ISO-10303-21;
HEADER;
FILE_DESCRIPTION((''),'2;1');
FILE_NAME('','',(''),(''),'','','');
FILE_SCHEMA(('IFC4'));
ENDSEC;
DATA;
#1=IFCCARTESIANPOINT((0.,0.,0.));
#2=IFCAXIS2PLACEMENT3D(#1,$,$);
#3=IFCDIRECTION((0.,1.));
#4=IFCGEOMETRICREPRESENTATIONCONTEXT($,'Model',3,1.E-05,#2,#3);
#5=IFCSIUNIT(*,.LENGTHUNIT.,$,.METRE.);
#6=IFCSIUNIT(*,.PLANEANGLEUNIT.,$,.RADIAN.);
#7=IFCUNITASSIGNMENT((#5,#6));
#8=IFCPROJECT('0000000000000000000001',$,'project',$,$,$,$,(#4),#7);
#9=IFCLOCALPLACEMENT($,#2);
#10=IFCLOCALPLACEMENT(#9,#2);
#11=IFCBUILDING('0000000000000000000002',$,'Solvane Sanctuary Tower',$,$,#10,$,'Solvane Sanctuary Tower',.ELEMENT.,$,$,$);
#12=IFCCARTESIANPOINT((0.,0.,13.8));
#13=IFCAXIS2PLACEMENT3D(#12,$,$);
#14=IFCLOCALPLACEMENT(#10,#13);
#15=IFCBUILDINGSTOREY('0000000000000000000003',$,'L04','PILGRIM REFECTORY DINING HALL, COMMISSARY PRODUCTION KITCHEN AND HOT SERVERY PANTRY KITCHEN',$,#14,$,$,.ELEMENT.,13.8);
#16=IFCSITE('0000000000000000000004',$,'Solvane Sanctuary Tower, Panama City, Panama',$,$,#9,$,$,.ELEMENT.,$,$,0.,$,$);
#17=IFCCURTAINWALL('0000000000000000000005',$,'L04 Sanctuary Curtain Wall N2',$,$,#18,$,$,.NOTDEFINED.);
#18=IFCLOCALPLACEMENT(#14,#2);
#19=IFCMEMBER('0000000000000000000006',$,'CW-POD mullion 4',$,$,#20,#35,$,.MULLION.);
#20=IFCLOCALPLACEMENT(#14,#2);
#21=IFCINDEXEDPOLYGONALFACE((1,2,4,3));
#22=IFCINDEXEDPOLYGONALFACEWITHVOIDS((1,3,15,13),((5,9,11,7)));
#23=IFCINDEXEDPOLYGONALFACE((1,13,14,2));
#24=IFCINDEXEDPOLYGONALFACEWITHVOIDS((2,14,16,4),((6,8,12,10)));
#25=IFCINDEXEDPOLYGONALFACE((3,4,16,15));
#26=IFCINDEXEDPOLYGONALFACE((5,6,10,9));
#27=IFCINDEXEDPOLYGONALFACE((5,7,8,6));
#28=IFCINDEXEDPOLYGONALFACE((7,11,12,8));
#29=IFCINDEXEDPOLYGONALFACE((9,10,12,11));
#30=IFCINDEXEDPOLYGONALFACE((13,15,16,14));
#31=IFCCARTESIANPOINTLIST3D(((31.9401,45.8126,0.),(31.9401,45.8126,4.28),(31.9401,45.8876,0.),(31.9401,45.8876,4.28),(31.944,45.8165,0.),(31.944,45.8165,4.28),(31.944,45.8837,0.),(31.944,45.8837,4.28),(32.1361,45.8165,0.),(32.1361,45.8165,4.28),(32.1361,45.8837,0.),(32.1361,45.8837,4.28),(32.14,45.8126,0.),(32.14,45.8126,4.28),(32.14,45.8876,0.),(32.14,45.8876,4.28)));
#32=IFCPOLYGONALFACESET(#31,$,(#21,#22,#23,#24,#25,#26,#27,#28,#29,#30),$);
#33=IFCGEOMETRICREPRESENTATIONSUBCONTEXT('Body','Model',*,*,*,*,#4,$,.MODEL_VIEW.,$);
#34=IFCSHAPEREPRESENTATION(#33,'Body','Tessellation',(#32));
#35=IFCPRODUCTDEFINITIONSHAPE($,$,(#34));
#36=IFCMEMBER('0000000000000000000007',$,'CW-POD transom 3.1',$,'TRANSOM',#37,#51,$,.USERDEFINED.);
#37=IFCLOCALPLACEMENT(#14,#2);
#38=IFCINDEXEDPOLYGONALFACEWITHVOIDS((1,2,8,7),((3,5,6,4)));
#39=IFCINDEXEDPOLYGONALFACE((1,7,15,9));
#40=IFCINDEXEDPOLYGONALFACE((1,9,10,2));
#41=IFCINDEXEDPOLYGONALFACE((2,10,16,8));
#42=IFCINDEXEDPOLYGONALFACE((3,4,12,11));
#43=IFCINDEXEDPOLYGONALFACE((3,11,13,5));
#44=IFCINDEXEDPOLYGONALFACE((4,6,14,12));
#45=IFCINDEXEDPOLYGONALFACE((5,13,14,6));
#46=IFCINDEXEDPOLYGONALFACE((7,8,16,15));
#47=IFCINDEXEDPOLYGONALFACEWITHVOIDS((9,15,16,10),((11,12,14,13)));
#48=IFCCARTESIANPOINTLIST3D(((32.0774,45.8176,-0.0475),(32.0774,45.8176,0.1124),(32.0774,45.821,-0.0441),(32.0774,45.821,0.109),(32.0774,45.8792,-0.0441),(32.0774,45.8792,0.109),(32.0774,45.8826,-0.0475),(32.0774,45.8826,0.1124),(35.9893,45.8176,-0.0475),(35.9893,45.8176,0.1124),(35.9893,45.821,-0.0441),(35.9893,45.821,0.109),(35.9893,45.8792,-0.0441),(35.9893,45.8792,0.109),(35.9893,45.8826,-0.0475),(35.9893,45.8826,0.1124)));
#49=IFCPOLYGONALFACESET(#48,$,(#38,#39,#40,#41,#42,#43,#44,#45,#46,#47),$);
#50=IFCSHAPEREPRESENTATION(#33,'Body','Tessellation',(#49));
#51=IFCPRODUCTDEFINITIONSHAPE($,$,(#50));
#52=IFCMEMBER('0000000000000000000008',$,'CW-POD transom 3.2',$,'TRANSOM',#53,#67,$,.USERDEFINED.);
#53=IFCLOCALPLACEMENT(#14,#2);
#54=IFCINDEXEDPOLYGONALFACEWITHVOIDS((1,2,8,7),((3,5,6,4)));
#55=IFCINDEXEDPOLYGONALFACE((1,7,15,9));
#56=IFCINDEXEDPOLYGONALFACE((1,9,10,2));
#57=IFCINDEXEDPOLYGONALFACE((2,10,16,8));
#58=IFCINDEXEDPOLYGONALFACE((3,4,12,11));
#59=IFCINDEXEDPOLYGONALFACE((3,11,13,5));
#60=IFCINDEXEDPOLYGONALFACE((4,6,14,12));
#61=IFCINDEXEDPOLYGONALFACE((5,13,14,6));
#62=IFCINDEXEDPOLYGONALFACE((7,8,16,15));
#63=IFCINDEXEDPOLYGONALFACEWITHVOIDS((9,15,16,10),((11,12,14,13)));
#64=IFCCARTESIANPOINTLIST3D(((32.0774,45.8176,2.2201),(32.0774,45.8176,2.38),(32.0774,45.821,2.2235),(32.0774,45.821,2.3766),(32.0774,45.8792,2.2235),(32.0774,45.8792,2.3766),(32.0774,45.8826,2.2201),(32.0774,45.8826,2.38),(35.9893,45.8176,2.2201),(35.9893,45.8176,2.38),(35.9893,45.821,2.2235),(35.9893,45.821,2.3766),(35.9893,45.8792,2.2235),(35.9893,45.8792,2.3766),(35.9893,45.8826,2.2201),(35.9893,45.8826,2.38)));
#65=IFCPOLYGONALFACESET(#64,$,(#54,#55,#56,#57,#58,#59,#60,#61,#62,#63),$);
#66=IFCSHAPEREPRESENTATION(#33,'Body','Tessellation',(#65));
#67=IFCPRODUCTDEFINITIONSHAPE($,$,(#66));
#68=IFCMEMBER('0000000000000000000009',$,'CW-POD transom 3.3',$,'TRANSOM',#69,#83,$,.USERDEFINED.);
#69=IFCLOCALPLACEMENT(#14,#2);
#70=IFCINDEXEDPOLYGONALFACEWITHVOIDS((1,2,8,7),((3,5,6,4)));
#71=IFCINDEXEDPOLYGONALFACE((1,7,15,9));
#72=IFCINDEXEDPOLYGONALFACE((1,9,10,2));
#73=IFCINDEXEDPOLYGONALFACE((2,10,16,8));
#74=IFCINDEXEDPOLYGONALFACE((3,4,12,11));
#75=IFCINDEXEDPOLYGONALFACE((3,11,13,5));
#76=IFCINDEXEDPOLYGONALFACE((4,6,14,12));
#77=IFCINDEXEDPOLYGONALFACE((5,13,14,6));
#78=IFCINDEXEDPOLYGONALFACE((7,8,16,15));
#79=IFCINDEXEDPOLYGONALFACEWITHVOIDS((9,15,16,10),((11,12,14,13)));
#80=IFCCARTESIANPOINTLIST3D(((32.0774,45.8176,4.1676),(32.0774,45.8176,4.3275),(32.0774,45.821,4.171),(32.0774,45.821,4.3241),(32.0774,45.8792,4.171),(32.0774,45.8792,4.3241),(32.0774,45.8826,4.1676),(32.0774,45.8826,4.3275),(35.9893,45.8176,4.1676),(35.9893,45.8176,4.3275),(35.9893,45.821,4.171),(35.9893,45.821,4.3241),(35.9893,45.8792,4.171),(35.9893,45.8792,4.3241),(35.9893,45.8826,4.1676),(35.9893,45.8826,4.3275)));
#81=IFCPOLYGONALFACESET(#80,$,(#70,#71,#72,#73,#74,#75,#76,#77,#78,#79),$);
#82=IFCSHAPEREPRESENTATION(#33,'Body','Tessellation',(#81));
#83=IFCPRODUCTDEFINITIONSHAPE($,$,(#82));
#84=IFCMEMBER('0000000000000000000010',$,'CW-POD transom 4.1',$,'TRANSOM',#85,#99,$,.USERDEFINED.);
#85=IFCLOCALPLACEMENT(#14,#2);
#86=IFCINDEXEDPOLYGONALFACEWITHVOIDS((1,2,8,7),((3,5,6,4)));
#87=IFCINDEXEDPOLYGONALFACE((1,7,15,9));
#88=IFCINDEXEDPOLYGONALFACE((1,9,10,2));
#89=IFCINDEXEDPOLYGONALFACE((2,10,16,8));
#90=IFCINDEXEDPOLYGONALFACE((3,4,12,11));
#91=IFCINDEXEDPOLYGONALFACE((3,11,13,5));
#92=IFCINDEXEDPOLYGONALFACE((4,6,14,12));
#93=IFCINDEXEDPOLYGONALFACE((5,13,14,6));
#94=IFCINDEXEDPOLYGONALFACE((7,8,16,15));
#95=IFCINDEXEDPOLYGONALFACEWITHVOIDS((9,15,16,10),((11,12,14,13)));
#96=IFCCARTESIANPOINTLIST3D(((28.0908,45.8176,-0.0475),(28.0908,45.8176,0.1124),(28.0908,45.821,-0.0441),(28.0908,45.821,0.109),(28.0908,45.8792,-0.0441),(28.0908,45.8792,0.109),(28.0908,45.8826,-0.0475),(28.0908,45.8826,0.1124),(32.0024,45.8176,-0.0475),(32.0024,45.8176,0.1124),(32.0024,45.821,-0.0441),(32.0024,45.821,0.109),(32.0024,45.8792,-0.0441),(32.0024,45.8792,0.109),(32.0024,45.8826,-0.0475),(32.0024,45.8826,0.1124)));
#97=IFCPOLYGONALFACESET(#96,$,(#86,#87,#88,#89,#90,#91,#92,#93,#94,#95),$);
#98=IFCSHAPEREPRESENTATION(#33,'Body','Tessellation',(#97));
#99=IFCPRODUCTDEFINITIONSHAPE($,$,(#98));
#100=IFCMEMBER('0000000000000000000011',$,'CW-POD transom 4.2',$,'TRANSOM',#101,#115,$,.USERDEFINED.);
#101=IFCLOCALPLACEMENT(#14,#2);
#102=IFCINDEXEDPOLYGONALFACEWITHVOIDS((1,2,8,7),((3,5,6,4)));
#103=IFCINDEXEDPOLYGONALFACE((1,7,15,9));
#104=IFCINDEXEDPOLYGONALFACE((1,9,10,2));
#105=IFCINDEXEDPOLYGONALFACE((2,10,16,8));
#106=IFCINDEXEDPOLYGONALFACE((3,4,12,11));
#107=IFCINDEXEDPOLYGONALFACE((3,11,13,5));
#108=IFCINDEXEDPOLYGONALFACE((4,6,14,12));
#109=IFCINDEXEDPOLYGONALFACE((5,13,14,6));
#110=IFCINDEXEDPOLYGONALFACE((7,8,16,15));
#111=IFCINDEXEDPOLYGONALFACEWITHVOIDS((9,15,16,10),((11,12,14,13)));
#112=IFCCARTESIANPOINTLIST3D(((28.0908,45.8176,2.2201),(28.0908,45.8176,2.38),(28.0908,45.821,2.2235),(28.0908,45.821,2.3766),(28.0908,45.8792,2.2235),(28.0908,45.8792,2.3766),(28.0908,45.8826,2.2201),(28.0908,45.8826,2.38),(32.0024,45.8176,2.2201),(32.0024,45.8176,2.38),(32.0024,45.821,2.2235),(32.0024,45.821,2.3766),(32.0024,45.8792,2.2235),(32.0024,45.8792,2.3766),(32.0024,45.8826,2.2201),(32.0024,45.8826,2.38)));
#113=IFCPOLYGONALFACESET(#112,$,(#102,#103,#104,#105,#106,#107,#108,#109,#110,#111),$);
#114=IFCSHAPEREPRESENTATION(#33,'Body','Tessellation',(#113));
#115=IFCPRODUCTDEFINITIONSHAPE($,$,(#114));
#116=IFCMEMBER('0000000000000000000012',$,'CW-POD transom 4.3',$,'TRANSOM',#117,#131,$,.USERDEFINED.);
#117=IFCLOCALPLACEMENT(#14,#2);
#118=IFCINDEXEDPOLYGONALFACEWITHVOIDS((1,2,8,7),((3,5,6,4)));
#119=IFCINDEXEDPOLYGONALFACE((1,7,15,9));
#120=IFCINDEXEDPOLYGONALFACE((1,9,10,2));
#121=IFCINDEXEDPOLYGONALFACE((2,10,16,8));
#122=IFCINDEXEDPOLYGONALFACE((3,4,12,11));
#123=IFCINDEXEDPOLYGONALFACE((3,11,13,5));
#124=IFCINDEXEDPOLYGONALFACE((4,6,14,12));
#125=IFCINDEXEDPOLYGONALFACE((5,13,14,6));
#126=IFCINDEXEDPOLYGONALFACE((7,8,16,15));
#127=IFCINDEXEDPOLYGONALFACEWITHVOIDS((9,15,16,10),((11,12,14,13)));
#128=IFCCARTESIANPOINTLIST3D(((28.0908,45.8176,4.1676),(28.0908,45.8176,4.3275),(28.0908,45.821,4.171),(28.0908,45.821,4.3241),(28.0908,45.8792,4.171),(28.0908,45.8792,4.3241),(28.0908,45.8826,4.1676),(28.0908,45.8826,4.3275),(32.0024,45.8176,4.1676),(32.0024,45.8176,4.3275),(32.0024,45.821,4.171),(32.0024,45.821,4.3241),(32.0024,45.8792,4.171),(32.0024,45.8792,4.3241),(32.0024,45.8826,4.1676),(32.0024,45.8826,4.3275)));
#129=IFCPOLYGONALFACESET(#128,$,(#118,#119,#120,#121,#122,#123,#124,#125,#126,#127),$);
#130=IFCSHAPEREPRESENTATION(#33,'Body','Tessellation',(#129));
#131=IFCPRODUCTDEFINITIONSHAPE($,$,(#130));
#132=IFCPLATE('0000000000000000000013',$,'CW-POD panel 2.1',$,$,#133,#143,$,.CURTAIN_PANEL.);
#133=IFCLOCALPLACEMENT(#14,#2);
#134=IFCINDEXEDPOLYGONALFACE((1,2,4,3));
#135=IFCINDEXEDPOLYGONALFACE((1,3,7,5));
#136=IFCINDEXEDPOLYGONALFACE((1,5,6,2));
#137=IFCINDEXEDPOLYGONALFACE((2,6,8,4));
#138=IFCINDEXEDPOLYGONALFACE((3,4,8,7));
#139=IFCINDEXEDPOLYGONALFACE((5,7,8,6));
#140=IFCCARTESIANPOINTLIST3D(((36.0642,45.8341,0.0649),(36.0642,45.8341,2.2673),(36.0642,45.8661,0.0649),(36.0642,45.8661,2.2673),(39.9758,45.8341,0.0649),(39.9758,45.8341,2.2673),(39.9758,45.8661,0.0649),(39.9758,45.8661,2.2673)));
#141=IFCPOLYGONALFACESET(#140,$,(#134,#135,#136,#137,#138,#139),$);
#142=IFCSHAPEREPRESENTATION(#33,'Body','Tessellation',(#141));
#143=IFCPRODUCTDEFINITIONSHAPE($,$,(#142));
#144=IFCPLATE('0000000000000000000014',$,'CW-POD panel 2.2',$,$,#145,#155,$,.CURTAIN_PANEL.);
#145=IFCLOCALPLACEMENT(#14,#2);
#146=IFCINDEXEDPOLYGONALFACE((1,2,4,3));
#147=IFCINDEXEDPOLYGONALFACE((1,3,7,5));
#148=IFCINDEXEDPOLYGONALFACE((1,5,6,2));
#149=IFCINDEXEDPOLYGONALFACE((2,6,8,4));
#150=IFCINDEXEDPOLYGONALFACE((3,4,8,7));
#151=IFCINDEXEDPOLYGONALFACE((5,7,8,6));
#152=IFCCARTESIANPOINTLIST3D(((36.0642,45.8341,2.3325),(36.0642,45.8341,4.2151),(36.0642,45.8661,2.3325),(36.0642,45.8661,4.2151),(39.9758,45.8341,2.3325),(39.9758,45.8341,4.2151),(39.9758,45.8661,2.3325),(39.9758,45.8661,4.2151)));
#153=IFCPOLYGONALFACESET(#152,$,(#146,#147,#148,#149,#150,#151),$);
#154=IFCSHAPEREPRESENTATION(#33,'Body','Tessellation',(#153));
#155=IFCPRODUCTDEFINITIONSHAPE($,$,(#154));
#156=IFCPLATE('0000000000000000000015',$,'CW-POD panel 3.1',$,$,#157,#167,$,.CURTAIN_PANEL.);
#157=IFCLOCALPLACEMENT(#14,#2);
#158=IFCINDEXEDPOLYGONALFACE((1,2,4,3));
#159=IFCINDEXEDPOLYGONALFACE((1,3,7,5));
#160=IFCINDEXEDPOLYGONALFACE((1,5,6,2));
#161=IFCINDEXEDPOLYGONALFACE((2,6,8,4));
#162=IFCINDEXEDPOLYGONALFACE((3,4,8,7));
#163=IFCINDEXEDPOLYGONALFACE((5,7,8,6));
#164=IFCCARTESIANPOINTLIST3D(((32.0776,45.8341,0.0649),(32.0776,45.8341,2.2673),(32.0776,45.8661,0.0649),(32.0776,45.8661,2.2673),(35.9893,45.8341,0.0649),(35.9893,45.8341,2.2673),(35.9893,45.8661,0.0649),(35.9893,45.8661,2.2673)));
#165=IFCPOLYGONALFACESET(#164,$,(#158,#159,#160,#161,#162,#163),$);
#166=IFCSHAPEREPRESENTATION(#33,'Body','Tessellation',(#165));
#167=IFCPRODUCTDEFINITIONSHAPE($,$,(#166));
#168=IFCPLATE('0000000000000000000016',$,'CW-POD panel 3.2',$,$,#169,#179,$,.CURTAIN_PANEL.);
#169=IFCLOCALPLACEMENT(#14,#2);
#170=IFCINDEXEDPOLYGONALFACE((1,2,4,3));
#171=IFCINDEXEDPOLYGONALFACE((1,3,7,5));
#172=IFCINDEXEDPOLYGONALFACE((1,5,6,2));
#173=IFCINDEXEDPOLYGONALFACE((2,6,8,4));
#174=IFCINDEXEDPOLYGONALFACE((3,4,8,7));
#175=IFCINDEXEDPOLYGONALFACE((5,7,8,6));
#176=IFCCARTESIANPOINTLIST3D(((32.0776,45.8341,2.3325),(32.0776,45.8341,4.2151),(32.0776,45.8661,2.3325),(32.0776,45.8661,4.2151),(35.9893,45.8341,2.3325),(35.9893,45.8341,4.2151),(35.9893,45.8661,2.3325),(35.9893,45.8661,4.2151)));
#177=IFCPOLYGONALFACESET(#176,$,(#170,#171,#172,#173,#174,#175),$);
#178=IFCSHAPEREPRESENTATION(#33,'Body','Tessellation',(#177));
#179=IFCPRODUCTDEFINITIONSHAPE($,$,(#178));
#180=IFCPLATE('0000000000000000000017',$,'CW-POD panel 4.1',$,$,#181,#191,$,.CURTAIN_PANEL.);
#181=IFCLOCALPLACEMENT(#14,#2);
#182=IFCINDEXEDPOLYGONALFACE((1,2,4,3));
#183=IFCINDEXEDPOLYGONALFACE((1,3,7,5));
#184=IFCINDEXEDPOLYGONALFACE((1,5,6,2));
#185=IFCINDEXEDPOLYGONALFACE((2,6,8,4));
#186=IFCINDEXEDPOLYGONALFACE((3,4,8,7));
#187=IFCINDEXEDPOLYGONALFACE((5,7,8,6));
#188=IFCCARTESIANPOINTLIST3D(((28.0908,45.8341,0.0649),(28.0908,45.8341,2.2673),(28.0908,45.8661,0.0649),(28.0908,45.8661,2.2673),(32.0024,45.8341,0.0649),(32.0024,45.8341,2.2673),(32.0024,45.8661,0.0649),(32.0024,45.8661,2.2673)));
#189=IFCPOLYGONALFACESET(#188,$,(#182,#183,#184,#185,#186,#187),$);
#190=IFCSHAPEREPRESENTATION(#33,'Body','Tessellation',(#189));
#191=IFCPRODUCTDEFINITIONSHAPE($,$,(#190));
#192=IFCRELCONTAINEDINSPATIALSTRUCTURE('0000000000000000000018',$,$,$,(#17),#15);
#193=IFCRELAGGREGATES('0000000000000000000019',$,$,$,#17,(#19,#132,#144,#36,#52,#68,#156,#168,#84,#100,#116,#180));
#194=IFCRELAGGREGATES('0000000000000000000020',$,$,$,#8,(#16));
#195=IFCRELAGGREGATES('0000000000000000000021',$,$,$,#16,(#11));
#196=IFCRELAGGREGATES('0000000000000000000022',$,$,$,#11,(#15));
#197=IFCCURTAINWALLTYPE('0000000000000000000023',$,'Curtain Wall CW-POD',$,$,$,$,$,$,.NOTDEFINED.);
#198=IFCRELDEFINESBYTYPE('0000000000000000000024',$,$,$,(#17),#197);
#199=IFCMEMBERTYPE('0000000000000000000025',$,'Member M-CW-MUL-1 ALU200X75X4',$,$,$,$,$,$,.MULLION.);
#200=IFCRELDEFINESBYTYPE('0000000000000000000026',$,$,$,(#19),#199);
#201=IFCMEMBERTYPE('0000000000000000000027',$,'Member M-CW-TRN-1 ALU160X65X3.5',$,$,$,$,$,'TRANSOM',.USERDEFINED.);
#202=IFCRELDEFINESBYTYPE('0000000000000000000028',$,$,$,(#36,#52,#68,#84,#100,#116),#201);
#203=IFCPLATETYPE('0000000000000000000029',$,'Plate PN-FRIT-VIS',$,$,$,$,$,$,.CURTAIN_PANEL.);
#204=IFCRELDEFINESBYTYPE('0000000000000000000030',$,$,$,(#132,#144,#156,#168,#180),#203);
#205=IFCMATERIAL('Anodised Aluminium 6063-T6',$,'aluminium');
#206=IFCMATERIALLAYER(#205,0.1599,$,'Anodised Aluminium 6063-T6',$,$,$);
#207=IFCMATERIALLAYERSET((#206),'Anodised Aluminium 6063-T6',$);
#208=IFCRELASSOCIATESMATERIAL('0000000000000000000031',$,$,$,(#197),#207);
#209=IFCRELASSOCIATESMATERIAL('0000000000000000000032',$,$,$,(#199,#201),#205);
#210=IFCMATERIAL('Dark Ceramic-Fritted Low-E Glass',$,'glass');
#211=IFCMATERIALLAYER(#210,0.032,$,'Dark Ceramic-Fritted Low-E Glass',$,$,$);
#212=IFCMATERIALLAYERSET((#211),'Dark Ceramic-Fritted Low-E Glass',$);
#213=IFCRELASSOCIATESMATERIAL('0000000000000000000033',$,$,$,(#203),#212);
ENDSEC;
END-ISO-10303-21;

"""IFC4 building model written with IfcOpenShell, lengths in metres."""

from ifc_helpers import new_model, si_unit, direction, frame, origin, origin_2d, place, context, subcontext, project, spatial, rectangle, hollow_rectangle, extrude, material, layer, layer_set, material_profile, profile_set, type_object, element, aggregate, save


model = new_model("IFC4")

# Units and contexts
model_context = context("Model", 3, precision=1e-05, world=origin(), true_north=direction((0.0, 1.0)))
body_context = subcontext(model_context, "Body", "Model", "MODEL_VIEW")
ifc_project = project(units=[si_unit("LENGTHUNIT", "METRE"), si_unit("PLANEANGLEUNIT", "RADIAN")], contexts=[model_context])

# Site, building, storey
site_placement = place(None, origin())
site = spatial("IfcSite", under=ifc_project, at=site_placement, Name="Solvane Sanctuary Tower, Panama City, Panama", CompositionType="ELEMENT", RefElevation=0.0)
building_placement = place(site_placement, origin())
building = spatial("IfcBuilding", under=site, at=building_placement, Name="Solvane Sanctuary Tower", LongName="Solvane Sanctuary Tower", CompositionType="ELEMENT")
storey_placement = place(building_placement, frame((0.0, 0.0, 13.8)))
storey = spatial("IfcBuildingStorey", under=building, at=storey_placement, Name="L04", Description="PILGRIM REFECTORY DINING HALL, COMMISSARY PRODUCTION KITCHEN AND HOT SERVERY PANTRY KITCHEN", CompositionType="ELEMENT", Elevation=13.8)

# Curtain wall, members, plates
ifc_material_1 = material(Name="Anodised Aluminium 6063-T6", Category="aluminium")
ifc_layer_1 = layer(ifc_material_1, 0.1599, Name="Anodised Aluminium 6063-T6")
ifc_layer_set_1 = layer_set([ifc_layer_1], Name="Anodised Aluminium 6063-T6")
curtain_wall_type = type_object("IfcCurtainWallType", Name="Curtain Wall CW-POD", PredefinedType="NOTDEFINED", material=ifc_layer_set_1)
curtain_wall_placement = place(storey_placement, origin())
curtain_wall = element("IfcCurtainWall", 1, at=curtain_wall_placement, inside=storey, type_object=curtain_wall_type, Name="L04 Sanctuary Curtain Wall N2", PredefinedType="NOTDEFINED")
ifc_material_profile_1 = material_profile(ifc_material_1, hollow_rectangle(XDim=0.075, YDim=0.2, WallThickness=0.0039, at=origin_2d()), Name="ALU200X75X4")
ifc_profile_set_1 = profile_set([ifc_material_profile_1], Name="Anodised Aluminium 6063-T6")
member_type_1 = type_object("IfcMemberType", Name="Member M-CW-MUL-1 ALU200X75X4", PredefinedType="MULLION", material=ifc_profile_set_1)
member_1_placement = place(storey_placement, frame((32.04, 45.8501, 0.0), z_axis=(0.0, 0.0, 1.0), x_axis=(0.0, -1.0, 0.0)))
member_1 = element("IfcMember", 2, at=member_1_placement, type_object=member_type_1, Name="CW-POD mullion 4", PredefinedType="MULLION", context=body_context, shape_type="SweptSolid", body=[
    extrude(hollow_rectangle(XDim=0.075, YDim=0.2, WallThickness=0.0039, at=origin_2d()), origin(), (0.0, 0.0, 1.0), 4.28),
])
ifc_material_profile_2 = material_profile(ifc_material_1, hollow_rectangle(XDim=0.0649, YDim=0.1599, WallThickness=0.0034, at=origin_2d()), Name="ALU160X65X3.5")
ifc_profile_set_2 = profile_set([ifc_material_profile_2], Name="Anodised Aluminium 6063-T6")
member_type_2 = type_object("IfcMemberType", Name="Member M-CW-TRN-1 ALU160X65X3.5", ElementType="TRANSOM", PredefinedType="USERDEFINED", material=ifc_profile_set_2)
member_2_placement = place(storey_placement, frame((35.9893, 45.8501, 0.0325), z_axis=(-1.0, 0.0, 0.0), x_axis=(0.0, -1.0, 0.0)))
member_2 = element("IfcMember", 3, at=member_2_placement, type_object=member_type_2, Name="CW-POD transom 3.1", ObjectType="TRANSOM", PredefinedType="USERDEFINED", context=body_context, shape_type="SweptSolid", body=[
    extrude(hollow_rectangle(XDim=0.0649, YDim=0.1599, WallThickness=0.0034, at=origin_2d()), origin(), (0.0, 0.0, 1.0), 3.9119),
])
member_3_placement = place(storey_placement, frame((35.9893, 45.8501, 2.3), z_axis=(-1.0, 0.0, 0.0), x_axis=(0.0, -1.0, 0.0)))
member_3 = element("IfcMember", 4, at=member_3_placement, type_object=member_type_2, Name="CW-POD transom 3.2", ObjectType="TRANSOM", PredefinedType="USERDEFINED", context=body_context, shape_type="SweptSolid", body=[
    extrude(hollow_rectangle(XDim=0.0649, YDim=0.1599, WallThickness=0.0034, at=origin_2d()), origin(), (0.0, 0.0, 1.0), 3.9119),
])
member_4_placement = place(storey_placement, frame((35.9893, 45.8501, 4.2476), z_axis=(-1.0, 0.0, 0.0), x_axis=(0.0, -1.0, 0.0)))
member_4 = element("IfcMember", 5, at=member_4_placement, type_object=member_type_2, Name="CW-POD transom 3.3", ObjectType="TRANSOM", PredefinedType="USERDEFINED", context=body_context, shape_type="SweptSolid", body=[
    extrude(hollow_rectangle(XDim=0.0649, YDim=0.1599, WallThickness=0.0034, at=origin_2d()), origin(), (0.0, 0.0, 1.0), 3.9119),
])
member_5_placement = place(storey_placement, frame((32.0024, 45.8501, 0.0325), z_axis=(-1.0, 0.0, 0.0), x_axis=(0.0, -1.0, 0.0)))
member_5 = element("IfcMember", 6, at=member_5_placement, type_object=member_type_2, Name="CW-POD transom 4.1", ObjectType="TRANSOM", PredefinedType="USERDEFINED", context=body_context, shape_type="SweptSolid", body=[
    extrude(hollow_rectangle(XDim=0.0649, YDim=0.1599, WallThickness=0.0034, at=origin_2d()), origin(), (0.0, 0.0, 1.0), 3.9116),
])
member_6_placement = place(storey_placement, frame((32.0024, 45.8501, 2.3), z_axis=(-1.0, 0.0, 0.0), x_axis=(0.0, -1.0, 0.0)))
member_6 = element("IfcMember", 7, at=member_6_placement, type_object=member_type_2, Name="CW-POD transom 4.2", ObjectType="TRANSOM", PredefinedType="USERDEFINED", context=body_context, shape_type="SweptSolid", body=[
    extrude(hollow_rectangle(XDim=0.0649, YDim=0.1599, WallThickness=0.0034, at=origin_2d()), origin(), (0.0, 0.0, 1.0), 3.9116),
])
member_7_placement = place(storey_placement, frame((32.0024, 45.8501, 4.2476), z_axis=(-1.0, 0.0, 0.0), x_axis=(0.0, -1.0, 0.0)))
member_7 = element("IfcMember", 8, at=member_7_placement, type_object=member_type_2, Name="CW-POD transom 4.3", ObjectType="TRANSOM", PredefinedType="USERDEFINED", context=body_context, shape_type="SweptSolid", body=[
    extrude(hollow_rectangle(XDim=0.0649, YDim=0.1599, WallThickness=0.0034, at=origin_2d()), origin(), (0.0, 0.0, 1.0), 3.9116),
])
ifc_material_2 = material(Name="Dark Ceramic-Fritted Low-E Glass", Category="glass")
ifc_layer_2 = layer(ifc_material_2, 0.032, Name="Dark Ceramic-Fritted Low-E Glass")
ifc_layer_set_2 = layer_set([ifc_layer_2], Name="Dark Ceramic-Fritted Low-E Glass")
plate_type = type_object("IfcPlateType", Name="Plate PN-FRIT-VIS", PredefinedType="CURTAIN_PANEL", material=ifc_layer_set_2)
plate_1_placement = place(storey_placement, frame((38.02, 45.8501, 0.0649), z_axis=(0.0, 0.0, 1.0), x_axis=(-1.0, 0.0, 0.0)))
plate_1 = element("IfcPlate", 9, at=plate_1_placement, type_object=plate_type, Name="CW-POD panel 2.1", PredefinedType="CURTAIN_PANEL", context=body_context, shape_type="SweptSolid", body=[
    extrude(rectangle(XDim=3.9116, YDim=0.032, at=origin_2d()), origin(), (0.0, 0.0, 1.0), 2.2024),
])
plate_2_placement = place(storey_placement, frame((38.02, 45.8501, 2.3325), z_axis=(0.0, 0.0, 1.0), x_axis=(-1.0, 0.0, 0.0)))
plate_2 = element("IfcPlate", 10, at=plate_2_placement, type_object=plate_type, Name="CW-POD panel 2.2", PredefinedType="CURTAIN_PANEL", context=body_context, shape_type="SweptSolid", body=[
    extrude(rectangle(XDim=3.9116, YDim=0.032, at=origin_2d()), origin(), (0.0, 0.0, 1.0), 1.8826),
])
plate_3_placement = place(storey_placement, frame((34.0334, 45.8501, 0.0649), z_axis=(0.0, 0.0, 1.0), x_axis=(-1.0, 0.0, 0.0)))
plate_3 = element("IfcPlate", 11, at=plate_3_placement, type_object=plate_type, Name="CW-POD panel 3.1", PredefinedType="CURTAIN_PANEL", context=body_context, shape_type="SweptSolid", body=[
    extrude(rectangle(XDim=3.9116, YDim=0.032, at=origin_2d()), origin(), (0.0, 0.0, 1.0), 2.2024),
])
plate_4_placement = place(storey_placement, frame((34.0334, 45.8501, 2.3325), z_axis=(0.0, 0.0, 1.0), x_axis=(-1.0, 0.0, 0.0)))
plate_4 = element("IfcPlate", 12, at=plate_4_placement, type_object=plate_type, Name="CW-POD panel 3.2", PredefinedType="CURTAIN_PANEL", context=body_context, shape_type="SweptSolid", body=[
    extrude(rectangle(XDim=3.9116, YDim=0.032, at=origin_2d()), origin(), (0.0, 0.0, 1.0), 1.8826),
])
plate_5_placement = place(storey_placement, frame((30.0466, 45.8501, 0.0649), z_axis=(0.0, 0.0, 1.0), x_axis=(-1.0, 0.0, 0.0)))
plate_5 = element("IfcPlate", 13, at=plate_5_placement, type_object=plate_type, Name="CW-POD panel 4.1", PredefinedType="CURTAIN_PANEL", context=body_context, shape_type="SweptSolid", body=[
    extrude(rectangle(XDim=3.9116, YDim=0.032, at=origin_2d()), origin(), (0.0, 0.0, 1.0), 2.2024),
])
aggregate(curtain_wall, [member_1, plate_1, plate_2, member_2, member_3, member_4, plate_3, plate_4, member_5, member_6, member_7, plate_5])

save(model, "model.ifc")
